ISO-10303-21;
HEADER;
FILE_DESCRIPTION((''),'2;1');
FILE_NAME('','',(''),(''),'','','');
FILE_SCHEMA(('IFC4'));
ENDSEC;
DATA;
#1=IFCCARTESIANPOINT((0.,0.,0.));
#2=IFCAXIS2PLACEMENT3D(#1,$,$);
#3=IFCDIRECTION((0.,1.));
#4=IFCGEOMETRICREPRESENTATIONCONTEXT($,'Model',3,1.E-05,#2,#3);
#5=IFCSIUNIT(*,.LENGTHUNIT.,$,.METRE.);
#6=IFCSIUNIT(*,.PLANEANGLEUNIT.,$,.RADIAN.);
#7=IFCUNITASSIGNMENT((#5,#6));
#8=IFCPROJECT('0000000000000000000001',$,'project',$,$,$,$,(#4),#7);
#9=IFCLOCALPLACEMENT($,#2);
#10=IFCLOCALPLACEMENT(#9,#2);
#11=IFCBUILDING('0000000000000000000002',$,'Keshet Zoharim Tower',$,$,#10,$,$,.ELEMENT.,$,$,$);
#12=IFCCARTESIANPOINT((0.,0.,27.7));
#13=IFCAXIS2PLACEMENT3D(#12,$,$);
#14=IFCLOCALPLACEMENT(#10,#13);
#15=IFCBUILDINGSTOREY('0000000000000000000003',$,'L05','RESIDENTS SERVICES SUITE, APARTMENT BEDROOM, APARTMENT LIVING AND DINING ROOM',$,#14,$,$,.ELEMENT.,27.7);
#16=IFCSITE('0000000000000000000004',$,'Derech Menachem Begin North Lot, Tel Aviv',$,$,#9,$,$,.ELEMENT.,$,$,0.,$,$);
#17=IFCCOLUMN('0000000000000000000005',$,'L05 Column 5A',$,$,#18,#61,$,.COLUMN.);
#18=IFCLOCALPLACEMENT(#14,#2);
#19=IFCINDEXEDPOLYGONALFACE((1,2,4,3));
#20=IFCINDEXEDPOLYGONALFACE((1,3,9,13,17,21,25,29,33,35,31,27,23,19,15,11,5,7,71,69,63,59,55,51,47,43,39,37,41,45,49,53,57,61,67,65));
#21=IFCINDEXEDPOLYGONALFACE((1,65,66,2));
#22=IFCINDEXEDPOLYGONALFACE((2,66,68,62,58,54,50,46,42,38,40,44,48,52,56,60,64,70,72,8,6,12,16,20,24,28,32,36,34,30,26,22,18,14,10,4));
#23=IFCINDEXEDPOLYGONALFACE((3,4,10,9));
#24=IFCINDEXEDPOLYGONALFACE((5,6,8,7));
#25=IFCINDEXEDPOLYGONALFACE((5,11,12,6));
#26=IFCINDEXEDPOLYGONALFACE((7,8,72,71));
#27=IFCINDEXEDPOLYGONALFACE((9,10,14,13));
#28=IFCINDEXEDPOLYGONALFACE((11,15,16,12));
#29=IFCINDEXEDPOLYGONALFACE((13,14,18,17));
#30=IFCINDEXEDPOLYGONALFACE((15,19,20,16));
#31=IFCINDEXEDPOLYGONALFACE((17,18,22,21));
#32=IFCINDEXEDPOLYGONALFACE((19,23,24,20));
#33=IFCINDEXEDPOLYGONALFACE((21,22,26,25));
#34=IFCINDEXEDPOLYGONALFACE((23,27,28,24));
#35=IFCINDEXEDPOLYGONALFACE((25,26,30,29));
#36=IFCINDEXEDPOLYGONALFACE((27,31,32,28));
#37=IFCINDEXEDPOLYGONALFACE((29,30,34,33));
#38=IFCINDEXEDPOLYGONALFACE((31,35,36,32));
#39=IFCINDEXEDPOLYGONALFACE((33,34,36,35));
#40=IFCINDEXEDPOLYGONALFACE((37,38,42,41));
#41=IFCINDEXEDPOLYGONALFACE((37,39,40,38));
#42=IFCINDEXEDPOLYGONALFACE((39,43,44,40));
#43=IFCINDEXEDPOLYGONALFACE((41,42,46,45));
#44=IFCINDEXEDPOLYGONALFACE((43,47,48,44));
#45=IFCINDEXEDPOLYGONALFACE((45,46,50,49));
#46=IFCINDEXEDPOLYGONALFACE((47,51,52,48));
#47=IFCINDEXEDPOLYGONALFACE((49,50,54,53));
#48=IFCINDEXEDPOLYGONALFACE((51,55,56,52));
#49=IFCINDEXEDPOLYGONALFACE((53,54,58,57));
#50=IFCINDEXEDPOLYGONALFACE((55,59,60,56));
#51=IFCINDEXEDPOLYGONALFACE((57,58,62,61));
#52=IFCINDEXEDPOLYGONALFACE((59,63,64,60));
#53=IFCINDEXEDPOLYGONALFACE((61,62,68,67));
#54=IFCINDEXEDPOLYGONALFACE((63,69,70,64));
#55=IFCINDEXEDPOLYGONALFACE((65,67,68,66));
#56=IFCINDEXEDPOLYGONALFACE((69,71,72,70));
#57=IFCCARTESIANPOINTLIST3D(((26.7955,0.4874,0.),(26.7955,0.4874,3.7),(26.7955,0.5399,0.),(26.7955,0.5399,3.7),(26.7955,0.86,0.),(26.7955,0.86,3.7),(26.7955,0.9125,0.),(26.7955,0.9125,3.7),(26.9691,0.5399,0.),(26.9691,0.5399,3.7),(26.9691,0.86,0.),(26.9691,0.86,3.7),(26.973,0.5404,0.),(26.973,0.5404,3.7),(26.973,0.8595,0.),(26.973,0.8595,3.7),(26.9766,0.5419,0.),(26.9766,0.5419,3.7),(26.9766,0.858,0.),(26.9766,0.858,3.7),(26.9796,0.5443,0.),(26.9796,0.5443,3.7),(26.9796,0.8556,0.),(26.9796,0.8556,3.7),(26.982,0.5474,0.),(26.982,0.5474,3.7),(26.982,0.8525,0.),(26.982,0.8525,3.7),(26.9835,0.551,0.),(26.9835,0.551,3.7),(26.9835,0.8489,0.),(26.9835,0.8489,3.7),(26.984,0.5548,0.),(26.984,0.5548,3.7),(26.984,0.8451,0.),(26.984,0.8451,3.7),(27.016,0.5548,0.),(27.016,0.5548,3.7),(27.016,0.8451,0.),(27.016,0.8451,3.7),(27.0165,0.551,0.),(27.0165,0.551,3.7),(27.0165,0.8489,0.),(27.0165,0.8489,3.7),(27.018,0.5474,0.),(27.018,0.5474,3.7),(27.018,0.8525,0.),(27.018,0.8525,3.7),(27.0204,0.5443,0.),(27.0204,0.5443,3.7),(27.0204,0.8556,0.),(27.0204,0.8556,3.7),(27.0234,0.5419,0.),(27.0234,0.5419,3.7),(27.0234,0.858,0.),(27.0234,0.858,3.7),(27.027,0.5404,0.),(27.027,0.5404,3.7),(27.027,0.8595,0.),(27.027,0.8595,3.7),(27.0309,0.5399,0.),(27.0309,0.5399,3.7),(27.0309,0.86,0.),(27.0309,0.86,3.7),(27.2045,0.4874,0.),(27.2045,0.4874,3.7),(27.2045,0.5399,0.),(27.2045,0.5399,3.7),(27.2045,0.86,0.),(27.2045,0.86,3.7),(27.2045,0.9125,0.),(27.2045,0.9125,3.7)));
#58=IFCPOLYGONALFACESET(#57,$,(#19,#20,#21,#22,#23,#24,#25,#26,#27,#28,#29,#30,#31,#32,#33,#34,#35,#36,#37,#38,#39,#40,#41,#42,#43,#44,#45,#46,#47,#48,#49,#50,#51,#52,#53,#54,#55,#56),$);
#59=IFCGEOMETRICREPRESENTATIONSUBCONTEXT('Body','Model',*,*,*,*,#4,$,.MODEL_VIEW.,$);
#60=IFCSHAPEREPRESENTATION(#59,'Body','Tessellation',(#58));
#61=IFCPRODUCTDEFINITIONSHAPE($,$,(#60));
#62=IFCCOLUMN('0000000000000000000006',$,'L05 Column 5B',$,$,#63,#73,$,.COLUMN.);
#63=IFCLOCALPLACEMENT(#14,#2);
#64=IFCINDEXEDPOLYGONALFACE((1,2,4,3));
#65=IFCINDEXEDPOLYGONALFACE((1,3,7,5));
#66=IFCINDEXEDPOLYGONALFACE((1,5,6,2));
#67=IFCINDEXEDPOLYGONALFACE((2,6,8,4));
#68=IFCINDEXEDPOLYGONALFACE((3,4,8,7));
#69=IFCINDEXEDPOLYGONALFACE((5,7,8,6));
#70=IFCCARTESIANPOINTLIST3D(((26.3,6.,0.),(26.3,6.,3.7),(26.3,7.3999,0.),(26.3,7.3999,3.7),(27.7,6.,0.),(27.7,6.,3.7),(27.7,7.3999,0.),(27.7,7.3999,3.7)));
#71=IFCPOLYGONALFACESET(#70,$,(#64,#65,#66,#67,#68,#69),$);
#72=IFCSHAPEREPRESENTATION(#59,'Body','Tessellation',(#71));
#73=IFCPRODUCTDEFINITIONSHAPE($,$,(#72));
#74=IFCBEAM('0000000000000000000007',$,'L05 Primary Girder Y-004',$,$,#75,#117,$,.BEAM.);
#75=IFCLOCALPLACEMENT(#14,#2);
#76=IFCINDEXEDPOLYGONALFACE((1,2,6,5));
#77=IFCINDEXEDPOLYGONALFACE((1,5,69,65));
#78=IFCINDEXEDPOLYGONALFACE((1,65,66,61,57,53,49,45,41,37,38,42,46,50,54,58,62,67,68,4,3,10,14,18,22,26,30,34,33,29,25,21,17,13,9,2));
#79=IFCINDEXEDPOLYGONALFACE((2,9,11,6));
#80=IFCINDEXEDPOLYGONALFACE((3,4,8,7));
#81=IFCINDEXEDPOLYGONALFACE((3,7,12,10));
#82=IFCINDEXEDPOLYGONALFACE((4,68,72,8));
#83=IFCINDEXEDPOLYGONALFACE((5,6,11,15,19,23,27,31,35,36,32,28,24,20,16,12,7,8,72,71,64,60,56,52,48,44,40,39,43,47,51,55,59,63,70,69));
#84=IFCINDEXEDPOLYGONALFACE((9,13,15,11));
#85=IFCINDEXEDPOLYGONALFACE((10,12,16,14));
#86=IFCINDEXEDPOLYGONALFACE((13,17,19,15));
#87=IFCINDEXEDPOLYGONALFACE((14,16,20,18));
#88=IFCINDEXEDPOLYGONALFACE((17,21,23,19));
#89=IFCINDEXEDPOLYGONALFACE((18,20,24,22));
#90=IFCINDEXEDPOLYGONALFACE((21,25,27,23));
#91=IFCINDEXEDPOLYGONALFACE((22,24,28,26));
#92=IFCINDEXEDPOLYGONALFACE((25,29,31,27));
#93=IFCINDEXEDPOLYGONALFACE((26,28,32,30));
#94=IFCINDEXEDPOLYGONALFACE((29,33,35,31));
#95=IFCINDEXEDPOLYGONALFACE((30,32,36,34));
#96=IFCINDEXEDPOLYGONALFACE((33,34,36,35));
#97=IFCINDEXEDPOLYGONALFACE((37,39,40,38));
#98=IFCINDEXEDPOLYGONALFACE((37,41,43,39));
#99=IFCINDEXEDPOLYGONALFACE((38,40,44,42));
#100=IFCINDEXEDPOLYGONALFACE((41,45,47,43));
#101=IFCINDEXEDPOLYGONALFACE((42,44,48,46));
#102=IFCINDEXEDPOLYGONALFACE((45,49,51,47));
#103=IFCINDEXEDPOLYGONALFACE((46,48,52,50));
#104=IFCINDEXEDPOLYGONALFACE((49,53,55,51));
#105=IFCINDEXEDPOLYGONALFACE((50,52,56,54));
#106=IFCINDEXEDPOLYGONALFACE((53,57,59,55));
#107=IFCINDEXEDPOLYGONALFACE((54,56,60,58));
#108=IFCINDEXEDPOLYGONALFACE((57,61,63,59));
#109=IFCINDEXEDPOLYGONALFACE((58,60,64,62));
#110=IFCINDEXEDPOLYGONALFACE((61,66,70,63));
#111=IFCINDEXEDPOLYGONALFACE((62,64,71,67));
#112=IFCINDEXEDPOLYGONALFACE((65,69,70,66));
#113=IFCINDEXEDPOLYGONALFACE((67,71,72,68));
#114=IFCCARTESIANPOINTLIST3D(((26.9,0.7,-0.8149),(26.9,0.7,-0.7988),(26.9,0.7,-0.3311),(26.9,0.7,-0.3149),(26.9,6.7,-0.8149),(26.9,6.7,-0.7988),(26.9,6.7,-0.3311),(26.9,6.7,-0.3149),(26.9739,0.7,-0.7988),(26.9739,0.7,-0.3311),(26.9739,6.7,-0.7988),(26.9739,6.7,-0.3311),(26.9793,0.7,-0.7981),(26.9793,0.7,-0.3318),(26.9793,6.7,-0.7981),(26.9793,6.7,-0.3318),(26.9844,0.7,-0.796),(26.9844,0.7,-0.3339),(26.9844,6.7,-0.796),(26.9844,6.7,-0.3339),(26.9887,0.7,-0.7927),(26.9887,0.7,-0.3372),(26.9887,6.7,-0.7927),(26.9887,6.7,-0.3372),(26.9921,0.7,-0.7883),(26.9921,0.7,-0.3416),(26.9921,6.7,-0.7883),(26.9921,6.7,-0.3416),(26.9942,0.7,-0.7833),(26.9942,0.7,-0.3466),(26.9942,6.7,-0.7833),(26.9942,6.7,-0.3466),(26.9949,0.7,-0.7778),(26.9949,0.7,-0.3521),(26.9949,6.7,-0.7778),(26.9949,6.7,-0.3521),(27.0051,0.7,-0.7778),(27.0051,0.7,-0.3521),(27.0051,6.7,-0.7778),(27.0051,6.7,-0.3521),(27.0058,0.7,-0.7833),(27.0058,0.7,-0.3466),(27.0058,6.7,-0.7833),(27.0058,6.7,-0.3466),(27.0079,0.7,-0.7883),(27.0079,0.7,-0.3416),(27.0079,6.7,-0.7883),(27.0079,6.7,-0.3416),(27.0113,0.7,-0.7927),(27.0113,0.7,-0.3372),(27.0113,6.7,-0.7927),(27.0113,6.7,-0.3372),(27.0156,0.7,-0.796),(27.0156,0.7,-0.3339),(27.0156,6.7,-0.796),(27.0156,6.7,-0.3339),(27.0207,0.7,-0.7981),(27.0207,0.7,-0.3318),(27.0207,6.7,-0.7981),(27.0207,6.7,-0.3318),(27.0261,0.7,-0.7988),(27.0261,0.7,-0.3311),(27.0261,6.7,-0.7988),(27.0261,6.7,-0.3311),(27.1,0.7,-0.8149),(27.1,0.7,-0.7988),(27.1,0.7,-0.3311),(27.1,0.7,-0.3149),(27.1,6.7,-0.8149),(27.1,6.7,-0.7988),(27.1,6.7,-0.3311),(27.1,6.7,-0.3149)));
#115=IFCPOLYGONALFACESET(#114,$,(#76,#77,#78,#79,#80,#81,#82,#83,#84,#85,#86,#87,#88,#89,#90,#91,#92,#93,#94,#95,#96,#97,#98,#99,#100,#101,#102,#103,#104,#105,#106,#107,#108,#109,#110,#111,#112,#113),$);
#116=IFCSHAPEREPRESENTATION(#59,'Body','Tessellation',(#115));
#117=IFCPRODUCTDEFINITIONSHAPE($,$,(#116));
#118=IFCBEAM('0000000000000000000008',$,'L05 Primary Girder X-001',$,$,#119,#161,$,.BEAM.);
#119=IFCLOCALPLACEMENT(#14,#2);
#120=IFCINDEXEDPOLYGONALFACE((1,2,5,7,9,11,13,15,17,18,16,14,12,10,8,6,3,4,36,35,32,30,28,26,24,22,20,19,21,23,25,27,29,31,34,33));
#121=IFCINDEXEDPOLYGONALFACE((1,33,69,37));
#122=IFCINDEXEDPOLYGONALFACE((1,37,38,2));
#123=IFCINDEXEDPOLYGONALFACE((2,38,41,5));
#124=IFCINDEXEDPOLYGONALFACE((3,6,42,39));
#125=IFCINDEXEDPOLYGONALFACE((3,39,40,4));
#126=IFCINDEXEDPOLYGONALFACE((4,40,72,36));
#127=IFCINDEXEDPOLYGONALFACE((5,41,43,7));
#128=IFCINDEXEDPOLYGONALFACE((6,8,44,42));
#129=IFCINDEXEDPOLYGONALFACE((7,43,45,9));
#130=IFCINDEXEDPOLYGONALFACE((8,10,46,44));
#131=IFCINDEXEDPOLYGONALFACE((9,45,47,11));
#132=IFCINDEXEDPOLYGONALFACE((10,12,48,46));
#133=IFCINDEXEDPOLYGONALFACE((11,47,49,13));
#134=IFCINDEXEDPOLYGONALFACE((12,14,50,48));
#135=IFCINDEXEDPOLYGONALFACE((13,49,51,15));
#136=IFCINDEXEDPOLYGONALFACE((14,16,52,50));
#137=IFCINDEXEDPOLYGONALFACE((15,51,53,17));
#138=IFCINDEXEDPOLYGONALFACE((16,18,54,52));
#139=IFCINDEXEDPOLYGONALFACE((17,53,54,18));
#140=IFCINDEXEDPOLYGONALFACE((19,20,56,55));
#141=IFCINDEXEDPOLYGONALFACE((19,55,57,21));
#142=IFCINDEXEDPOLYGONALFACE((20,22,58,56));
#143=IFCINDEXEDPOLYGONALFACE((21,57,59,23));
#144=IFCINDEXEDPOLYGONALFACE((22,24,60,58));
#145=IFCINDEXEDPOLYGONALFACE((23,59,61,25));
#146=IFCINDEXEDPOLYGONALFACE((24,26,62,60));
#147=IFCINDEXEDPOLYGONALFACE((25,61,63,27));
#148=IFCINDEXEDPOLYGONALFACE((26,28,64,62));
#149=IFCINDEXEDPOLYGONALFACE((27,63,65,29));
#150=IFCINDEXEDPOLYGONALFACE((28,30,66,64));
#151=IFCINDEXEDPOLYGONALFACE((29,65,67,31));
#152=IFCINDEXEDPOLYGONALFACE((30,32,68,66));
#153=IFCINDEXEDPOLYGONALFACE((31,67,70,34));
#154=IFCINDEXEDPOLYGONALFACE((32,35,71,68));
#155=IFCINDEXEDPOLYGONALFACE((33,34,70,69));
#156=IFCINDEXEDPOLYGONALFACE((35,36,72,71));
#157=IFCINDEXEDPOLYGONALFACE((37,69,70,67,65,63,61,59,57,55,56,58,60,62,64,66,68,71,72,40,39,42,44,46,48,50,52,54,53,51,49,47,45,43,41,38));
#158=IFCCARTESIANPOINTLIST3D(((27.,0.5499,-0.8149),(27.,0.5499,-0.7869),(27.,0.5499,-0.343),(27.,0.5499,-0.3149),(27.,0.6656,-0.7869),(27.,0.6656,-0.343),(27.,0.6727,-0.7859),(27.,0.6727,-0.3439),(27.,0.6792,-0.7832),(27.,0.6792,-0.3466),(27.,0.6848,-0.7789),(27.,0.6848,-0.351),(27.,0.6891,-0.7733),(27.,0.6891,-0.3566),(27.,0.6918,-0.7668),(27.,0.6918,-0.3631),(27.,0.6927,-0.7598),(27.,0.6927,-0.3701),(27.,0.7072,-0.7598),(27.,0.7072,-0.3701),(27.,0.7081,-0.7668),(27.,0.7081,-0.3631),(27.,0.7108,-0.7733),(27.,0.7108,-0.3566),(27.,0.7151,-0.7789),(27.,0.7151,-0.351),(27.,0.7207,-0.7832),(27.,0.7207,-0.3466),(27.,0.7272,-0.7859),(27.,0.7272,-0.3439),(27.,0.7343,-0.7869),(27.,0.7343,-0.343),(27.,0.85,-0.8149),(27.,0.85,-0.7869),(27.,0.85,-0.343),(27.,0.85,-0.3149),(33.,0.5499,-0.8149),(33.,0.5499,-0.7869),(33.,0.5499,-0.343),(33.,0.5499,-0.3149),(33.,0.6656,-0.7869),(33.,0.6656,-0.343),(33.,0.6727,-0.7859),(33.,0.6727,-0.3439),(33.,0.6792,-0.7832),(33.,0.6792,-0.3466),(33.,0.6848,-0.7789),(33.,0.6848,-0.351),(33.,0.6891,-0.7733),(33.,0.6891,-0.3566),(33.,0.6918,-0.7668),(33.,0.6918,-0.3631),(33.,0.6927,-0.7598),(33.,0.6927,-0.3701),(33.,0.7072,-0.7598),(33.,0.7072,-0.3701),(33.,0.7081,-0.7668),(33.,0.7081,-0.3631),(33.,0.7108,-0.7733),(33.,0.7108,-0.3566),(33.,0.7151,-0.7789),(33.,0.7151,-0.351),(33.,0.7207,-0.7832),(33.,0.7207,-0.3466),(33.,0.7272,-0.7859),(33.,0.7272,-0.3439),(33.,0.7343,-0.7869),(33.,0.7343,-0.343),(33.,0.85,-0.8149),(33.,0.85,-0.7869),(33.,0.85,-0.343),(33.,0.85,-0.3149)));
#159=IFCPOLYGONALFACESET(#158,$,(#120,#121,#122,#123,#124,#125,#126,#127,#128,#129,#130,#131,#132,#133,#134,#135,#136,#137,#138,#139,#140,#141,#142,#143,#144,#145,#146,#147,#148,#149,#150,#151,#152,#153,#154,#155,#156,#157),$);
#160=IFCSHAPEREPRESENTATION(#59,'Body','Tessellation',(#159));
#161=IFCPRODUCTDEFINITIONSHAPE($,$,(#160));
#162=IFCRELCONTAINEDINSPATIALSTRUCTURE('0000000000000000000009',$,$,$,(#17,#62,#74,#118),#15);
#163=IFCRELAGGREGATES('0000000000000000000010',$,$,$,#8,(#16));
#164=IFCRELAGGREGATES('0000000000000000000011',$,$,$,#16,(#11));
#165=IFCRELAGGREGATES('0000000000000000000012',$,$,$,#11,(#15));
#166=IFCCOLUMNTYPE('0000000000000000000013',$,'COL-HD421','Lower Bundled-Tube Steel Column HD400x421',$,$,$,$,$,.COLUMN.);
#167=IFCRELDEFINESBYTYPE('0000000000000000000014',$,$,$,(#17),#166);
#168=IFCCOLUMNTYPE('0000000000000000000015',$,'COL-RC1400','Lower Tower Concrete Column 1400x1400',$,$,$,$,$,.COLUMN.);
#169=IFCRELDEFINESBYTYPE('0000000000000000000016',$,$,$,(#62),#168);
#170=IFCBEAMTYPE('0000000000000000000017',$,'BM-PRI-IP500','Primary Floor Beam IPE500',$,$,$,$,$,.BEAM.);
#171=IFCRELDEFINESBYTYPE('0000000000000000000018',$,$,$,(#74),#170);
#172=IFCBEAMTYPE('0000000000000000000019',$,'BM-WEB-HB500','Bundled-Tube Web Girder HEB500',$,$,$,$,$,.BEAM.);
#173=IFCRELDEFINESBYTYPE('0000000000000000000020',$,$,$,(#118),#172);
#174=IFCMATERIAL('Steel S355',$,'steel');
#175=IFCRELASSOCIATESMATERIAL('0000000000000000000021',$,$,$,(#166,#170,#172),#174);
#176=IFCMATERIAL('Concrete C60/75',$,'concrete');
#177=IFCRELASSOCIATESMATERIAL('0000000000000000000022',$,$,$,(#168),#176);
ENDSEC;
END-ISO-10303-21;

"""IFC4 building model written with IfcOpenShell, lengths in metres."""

from ifc_helpers import new_model, si_unit, direction, frame, origin, origin_2d, place, context, subcontext, project, spatial, rectangle, i_section, extrude, material, material_profile, profile_set, type_object, element, save


model = new_model("IFC4")

# Units and contexts
model_context = context("Model", 3, precision=1e-05, world=origin(), true_north=direction((0.0, 1.0)))
body_context = subcontext(model_context, "Body", "Model", "MODEL_VIEW")
ifc_project = project(units=[si_unit("LENGTHUNIT", "METRE"), si_unit("PLANEANGLEUNIT", "RADIAN")], contexts=[model_context])

# Site, building, storey
site_placement = place(None, origin())
site = spatial("IfcSite", under=ifc_project, at=site_placement, Name="Derech Menachem Begin North Lot, Tel Aviv", CompositionType="ELEMENT", RefElevation=0.0)
building_placement = place(site_placement, origin())
building = spatial("IfcBuilding", under=site, at=building_placement, Name="Keshet Zoharim Tower", CompositionType="ELEMENT")
storey_placement = place(building_placement, frame((0.0, 0.0, 27.7)))
storey = spatial("IfcBuildingStorey", under=building, at=storey_placement, Name="L05", Description="RESIDENTS SERVICES SUITE, APARTMENT BEDROOM, APARTMENT LIVING AND DINING ROOM", CompositionType="ELEMENT", Elevation=27.7)

# Columns
ifc_material_1 = material(Name="Steel S355", Category="steel")
ifc_material_profile_1 = material_profile(ifc_material_1, i_section(OverallWidth=0.4089, OverallDepth=0.425, WebThickness=0.032, FlangeThickness=0.0525, FilletRadius=0.0149, at=origin_2d()), Name="HD400x421")
ifc_profile_set_1 = profile_set([ifc_material_profile_1], Name="Steel S355")
column_type_1 = type_object("IfcColumnType", Name="COL-HD421", Description="Lower Bundled-Tube Steel Column HD400x421", PredefinedType="COLUMN", material=ifc_profile_set_1)
column_1_placement = place(storey_placement, frame((27.0, 0.7, 0.0), z_axis=(0.0, 0.0, 1.0), x_axis=(1.0, 0.0, 0.0)))
element("IfcColumn", 1, at=column_1_placement, inside=storey, type_object=column_type_1, Name="L05 Column 5A", PredefinedType="COLUMN", context=body_context, shape_type="SweptSolid", body=[
    extrude(i_section(OverallWidth=0.4089, OverallDepth=0.425, WebThickness=0.032, FlangeThickness=0.0525, FilletRadius=0.0149, at=origin_2d()), origin(), (0.0, 0.0, 1.0), 3.7),
])
ifc_material_2 = material(Name="Concrete C60/75", Category="concrete")
ifc_material_profile_2 = material_profile(ifc_material_2, rectangle(XDim=1.3999, YDim=1.3999, at=origin_2d()), Name="RC1400x1400")
ifc_profile_set_2 = profile_set([ifc_material_profile_2], Name="Concrete C60/75")
column_type_2 = type_object("IfcColumnType", Name="COL-RC1400", Description="Lower Tower Concrete Column 1400x1400", PredefinedType="COLUMN", material=ifc_profile_set_2)
column_2_placement = place(storey_placement, frame((27.0, 6.7, 0.0), z_axis=(0.0, 0.0, 1.0), x_axis=(1.0, 0.0, 0.0)))
element("IfcColumn", 2, at=column_2_placement, inside=storey, type_object=column_type_2, Name="L05 Column 5B", PredefinedType="COLUMN", context=body_context, shape_type="SweptSolid", body=[
    extrude(rectangle(XDim=1.3999, YDim=1.3999, at=origin_2d()), origin(), (0.0, 0.0, 1.0), 3.7),
])

# Beams
ifc_material_profile_3 = material_profile(ifc_material_1, i_section(OverallWidth=0.2, OverallDepth=0.5, WebThickness=0.0103, FlangeThickness=0.0161, FilletRadius=0.021, at=origin_2d()), Name="IPE500")
ifc_profile_set_3 = profile_set([ifc_material_profile_3], Name="Steel S355")
beam_type_1 = type_object("IfcBeamType", Name="BM-PRI-IP500", Description="Primary Floor Beam IPE500", PredefinedType="BEAM", material=ifc_profile_set_3)
beam_placement = place(storey_placement, frame((27.0, 0.7, -0.5649), z_axis=(0.0, 1.0, 0.0), x_axis=(-1.0, 0.0, 0.0)))
element("IfcBeam", 3, at=beam_placement, inside=storey, type_object=beam_type_1, Name="L05 Primary Girder Y-004", PredefinedType="BEAM", context=body_context, shape_type="SweptSolid", body=[
    extrude(i_section(OverallWidth=0.2, OverallDepth=0.5, WebThickness=0.0103, FlangeThickness=0.0161, FilletRadius=0.021, at=origin_2d()), origin(), (0.0, 0.0, 1.0), 6.0),
])
ifc_material_profile_4 = material_profile(ifc_material_1, i_section(OverallWidth=0.3, OverallDepth=0.5, WebThickness=0.0144, FlangeThickness=0.0281, FilletRadius=0.0271, at=origin_2d()), Name="HEB500")
ifc_profile_set_4 = profile_set([ifc_material_profile_4], Name="Steel S355")
beam_type_2 = type_object("IfcBeamType", Name="BM-WEB-HB500", Description="Bundled-Tube Web Girder HEB500", PredefinedType="BEAM", material=ifc_profile_set_4)
for number, where, z_axis, x_axis, name in (
    (4, (27.0, 0.7, -0.5649), (1.0, 0.0, 0.0), (0.0, 1.0, 0.0), "L05 Primary Girder X-001"),
):
    element("IfcBeam", number, at=place(storey_placement, frame(where, z_axis=z_axis, x_axis=x_axis)), inside=storey, type_object=beam_type_2, Name=name, PredefinedType="BEAM", context=body_context, shape_type="SweptSolid", body=[
        extrude(i_section(OverallWidth=0.3, OverallDepth=0.5, WebThickness=0.0144, FlangeThickness=0.0281, FilletRadius=0.0271, at=origin_2d()), origin(), (0.0, 0.0, 1.0), 6.0),
    ])

save(model, "model.ifc")
